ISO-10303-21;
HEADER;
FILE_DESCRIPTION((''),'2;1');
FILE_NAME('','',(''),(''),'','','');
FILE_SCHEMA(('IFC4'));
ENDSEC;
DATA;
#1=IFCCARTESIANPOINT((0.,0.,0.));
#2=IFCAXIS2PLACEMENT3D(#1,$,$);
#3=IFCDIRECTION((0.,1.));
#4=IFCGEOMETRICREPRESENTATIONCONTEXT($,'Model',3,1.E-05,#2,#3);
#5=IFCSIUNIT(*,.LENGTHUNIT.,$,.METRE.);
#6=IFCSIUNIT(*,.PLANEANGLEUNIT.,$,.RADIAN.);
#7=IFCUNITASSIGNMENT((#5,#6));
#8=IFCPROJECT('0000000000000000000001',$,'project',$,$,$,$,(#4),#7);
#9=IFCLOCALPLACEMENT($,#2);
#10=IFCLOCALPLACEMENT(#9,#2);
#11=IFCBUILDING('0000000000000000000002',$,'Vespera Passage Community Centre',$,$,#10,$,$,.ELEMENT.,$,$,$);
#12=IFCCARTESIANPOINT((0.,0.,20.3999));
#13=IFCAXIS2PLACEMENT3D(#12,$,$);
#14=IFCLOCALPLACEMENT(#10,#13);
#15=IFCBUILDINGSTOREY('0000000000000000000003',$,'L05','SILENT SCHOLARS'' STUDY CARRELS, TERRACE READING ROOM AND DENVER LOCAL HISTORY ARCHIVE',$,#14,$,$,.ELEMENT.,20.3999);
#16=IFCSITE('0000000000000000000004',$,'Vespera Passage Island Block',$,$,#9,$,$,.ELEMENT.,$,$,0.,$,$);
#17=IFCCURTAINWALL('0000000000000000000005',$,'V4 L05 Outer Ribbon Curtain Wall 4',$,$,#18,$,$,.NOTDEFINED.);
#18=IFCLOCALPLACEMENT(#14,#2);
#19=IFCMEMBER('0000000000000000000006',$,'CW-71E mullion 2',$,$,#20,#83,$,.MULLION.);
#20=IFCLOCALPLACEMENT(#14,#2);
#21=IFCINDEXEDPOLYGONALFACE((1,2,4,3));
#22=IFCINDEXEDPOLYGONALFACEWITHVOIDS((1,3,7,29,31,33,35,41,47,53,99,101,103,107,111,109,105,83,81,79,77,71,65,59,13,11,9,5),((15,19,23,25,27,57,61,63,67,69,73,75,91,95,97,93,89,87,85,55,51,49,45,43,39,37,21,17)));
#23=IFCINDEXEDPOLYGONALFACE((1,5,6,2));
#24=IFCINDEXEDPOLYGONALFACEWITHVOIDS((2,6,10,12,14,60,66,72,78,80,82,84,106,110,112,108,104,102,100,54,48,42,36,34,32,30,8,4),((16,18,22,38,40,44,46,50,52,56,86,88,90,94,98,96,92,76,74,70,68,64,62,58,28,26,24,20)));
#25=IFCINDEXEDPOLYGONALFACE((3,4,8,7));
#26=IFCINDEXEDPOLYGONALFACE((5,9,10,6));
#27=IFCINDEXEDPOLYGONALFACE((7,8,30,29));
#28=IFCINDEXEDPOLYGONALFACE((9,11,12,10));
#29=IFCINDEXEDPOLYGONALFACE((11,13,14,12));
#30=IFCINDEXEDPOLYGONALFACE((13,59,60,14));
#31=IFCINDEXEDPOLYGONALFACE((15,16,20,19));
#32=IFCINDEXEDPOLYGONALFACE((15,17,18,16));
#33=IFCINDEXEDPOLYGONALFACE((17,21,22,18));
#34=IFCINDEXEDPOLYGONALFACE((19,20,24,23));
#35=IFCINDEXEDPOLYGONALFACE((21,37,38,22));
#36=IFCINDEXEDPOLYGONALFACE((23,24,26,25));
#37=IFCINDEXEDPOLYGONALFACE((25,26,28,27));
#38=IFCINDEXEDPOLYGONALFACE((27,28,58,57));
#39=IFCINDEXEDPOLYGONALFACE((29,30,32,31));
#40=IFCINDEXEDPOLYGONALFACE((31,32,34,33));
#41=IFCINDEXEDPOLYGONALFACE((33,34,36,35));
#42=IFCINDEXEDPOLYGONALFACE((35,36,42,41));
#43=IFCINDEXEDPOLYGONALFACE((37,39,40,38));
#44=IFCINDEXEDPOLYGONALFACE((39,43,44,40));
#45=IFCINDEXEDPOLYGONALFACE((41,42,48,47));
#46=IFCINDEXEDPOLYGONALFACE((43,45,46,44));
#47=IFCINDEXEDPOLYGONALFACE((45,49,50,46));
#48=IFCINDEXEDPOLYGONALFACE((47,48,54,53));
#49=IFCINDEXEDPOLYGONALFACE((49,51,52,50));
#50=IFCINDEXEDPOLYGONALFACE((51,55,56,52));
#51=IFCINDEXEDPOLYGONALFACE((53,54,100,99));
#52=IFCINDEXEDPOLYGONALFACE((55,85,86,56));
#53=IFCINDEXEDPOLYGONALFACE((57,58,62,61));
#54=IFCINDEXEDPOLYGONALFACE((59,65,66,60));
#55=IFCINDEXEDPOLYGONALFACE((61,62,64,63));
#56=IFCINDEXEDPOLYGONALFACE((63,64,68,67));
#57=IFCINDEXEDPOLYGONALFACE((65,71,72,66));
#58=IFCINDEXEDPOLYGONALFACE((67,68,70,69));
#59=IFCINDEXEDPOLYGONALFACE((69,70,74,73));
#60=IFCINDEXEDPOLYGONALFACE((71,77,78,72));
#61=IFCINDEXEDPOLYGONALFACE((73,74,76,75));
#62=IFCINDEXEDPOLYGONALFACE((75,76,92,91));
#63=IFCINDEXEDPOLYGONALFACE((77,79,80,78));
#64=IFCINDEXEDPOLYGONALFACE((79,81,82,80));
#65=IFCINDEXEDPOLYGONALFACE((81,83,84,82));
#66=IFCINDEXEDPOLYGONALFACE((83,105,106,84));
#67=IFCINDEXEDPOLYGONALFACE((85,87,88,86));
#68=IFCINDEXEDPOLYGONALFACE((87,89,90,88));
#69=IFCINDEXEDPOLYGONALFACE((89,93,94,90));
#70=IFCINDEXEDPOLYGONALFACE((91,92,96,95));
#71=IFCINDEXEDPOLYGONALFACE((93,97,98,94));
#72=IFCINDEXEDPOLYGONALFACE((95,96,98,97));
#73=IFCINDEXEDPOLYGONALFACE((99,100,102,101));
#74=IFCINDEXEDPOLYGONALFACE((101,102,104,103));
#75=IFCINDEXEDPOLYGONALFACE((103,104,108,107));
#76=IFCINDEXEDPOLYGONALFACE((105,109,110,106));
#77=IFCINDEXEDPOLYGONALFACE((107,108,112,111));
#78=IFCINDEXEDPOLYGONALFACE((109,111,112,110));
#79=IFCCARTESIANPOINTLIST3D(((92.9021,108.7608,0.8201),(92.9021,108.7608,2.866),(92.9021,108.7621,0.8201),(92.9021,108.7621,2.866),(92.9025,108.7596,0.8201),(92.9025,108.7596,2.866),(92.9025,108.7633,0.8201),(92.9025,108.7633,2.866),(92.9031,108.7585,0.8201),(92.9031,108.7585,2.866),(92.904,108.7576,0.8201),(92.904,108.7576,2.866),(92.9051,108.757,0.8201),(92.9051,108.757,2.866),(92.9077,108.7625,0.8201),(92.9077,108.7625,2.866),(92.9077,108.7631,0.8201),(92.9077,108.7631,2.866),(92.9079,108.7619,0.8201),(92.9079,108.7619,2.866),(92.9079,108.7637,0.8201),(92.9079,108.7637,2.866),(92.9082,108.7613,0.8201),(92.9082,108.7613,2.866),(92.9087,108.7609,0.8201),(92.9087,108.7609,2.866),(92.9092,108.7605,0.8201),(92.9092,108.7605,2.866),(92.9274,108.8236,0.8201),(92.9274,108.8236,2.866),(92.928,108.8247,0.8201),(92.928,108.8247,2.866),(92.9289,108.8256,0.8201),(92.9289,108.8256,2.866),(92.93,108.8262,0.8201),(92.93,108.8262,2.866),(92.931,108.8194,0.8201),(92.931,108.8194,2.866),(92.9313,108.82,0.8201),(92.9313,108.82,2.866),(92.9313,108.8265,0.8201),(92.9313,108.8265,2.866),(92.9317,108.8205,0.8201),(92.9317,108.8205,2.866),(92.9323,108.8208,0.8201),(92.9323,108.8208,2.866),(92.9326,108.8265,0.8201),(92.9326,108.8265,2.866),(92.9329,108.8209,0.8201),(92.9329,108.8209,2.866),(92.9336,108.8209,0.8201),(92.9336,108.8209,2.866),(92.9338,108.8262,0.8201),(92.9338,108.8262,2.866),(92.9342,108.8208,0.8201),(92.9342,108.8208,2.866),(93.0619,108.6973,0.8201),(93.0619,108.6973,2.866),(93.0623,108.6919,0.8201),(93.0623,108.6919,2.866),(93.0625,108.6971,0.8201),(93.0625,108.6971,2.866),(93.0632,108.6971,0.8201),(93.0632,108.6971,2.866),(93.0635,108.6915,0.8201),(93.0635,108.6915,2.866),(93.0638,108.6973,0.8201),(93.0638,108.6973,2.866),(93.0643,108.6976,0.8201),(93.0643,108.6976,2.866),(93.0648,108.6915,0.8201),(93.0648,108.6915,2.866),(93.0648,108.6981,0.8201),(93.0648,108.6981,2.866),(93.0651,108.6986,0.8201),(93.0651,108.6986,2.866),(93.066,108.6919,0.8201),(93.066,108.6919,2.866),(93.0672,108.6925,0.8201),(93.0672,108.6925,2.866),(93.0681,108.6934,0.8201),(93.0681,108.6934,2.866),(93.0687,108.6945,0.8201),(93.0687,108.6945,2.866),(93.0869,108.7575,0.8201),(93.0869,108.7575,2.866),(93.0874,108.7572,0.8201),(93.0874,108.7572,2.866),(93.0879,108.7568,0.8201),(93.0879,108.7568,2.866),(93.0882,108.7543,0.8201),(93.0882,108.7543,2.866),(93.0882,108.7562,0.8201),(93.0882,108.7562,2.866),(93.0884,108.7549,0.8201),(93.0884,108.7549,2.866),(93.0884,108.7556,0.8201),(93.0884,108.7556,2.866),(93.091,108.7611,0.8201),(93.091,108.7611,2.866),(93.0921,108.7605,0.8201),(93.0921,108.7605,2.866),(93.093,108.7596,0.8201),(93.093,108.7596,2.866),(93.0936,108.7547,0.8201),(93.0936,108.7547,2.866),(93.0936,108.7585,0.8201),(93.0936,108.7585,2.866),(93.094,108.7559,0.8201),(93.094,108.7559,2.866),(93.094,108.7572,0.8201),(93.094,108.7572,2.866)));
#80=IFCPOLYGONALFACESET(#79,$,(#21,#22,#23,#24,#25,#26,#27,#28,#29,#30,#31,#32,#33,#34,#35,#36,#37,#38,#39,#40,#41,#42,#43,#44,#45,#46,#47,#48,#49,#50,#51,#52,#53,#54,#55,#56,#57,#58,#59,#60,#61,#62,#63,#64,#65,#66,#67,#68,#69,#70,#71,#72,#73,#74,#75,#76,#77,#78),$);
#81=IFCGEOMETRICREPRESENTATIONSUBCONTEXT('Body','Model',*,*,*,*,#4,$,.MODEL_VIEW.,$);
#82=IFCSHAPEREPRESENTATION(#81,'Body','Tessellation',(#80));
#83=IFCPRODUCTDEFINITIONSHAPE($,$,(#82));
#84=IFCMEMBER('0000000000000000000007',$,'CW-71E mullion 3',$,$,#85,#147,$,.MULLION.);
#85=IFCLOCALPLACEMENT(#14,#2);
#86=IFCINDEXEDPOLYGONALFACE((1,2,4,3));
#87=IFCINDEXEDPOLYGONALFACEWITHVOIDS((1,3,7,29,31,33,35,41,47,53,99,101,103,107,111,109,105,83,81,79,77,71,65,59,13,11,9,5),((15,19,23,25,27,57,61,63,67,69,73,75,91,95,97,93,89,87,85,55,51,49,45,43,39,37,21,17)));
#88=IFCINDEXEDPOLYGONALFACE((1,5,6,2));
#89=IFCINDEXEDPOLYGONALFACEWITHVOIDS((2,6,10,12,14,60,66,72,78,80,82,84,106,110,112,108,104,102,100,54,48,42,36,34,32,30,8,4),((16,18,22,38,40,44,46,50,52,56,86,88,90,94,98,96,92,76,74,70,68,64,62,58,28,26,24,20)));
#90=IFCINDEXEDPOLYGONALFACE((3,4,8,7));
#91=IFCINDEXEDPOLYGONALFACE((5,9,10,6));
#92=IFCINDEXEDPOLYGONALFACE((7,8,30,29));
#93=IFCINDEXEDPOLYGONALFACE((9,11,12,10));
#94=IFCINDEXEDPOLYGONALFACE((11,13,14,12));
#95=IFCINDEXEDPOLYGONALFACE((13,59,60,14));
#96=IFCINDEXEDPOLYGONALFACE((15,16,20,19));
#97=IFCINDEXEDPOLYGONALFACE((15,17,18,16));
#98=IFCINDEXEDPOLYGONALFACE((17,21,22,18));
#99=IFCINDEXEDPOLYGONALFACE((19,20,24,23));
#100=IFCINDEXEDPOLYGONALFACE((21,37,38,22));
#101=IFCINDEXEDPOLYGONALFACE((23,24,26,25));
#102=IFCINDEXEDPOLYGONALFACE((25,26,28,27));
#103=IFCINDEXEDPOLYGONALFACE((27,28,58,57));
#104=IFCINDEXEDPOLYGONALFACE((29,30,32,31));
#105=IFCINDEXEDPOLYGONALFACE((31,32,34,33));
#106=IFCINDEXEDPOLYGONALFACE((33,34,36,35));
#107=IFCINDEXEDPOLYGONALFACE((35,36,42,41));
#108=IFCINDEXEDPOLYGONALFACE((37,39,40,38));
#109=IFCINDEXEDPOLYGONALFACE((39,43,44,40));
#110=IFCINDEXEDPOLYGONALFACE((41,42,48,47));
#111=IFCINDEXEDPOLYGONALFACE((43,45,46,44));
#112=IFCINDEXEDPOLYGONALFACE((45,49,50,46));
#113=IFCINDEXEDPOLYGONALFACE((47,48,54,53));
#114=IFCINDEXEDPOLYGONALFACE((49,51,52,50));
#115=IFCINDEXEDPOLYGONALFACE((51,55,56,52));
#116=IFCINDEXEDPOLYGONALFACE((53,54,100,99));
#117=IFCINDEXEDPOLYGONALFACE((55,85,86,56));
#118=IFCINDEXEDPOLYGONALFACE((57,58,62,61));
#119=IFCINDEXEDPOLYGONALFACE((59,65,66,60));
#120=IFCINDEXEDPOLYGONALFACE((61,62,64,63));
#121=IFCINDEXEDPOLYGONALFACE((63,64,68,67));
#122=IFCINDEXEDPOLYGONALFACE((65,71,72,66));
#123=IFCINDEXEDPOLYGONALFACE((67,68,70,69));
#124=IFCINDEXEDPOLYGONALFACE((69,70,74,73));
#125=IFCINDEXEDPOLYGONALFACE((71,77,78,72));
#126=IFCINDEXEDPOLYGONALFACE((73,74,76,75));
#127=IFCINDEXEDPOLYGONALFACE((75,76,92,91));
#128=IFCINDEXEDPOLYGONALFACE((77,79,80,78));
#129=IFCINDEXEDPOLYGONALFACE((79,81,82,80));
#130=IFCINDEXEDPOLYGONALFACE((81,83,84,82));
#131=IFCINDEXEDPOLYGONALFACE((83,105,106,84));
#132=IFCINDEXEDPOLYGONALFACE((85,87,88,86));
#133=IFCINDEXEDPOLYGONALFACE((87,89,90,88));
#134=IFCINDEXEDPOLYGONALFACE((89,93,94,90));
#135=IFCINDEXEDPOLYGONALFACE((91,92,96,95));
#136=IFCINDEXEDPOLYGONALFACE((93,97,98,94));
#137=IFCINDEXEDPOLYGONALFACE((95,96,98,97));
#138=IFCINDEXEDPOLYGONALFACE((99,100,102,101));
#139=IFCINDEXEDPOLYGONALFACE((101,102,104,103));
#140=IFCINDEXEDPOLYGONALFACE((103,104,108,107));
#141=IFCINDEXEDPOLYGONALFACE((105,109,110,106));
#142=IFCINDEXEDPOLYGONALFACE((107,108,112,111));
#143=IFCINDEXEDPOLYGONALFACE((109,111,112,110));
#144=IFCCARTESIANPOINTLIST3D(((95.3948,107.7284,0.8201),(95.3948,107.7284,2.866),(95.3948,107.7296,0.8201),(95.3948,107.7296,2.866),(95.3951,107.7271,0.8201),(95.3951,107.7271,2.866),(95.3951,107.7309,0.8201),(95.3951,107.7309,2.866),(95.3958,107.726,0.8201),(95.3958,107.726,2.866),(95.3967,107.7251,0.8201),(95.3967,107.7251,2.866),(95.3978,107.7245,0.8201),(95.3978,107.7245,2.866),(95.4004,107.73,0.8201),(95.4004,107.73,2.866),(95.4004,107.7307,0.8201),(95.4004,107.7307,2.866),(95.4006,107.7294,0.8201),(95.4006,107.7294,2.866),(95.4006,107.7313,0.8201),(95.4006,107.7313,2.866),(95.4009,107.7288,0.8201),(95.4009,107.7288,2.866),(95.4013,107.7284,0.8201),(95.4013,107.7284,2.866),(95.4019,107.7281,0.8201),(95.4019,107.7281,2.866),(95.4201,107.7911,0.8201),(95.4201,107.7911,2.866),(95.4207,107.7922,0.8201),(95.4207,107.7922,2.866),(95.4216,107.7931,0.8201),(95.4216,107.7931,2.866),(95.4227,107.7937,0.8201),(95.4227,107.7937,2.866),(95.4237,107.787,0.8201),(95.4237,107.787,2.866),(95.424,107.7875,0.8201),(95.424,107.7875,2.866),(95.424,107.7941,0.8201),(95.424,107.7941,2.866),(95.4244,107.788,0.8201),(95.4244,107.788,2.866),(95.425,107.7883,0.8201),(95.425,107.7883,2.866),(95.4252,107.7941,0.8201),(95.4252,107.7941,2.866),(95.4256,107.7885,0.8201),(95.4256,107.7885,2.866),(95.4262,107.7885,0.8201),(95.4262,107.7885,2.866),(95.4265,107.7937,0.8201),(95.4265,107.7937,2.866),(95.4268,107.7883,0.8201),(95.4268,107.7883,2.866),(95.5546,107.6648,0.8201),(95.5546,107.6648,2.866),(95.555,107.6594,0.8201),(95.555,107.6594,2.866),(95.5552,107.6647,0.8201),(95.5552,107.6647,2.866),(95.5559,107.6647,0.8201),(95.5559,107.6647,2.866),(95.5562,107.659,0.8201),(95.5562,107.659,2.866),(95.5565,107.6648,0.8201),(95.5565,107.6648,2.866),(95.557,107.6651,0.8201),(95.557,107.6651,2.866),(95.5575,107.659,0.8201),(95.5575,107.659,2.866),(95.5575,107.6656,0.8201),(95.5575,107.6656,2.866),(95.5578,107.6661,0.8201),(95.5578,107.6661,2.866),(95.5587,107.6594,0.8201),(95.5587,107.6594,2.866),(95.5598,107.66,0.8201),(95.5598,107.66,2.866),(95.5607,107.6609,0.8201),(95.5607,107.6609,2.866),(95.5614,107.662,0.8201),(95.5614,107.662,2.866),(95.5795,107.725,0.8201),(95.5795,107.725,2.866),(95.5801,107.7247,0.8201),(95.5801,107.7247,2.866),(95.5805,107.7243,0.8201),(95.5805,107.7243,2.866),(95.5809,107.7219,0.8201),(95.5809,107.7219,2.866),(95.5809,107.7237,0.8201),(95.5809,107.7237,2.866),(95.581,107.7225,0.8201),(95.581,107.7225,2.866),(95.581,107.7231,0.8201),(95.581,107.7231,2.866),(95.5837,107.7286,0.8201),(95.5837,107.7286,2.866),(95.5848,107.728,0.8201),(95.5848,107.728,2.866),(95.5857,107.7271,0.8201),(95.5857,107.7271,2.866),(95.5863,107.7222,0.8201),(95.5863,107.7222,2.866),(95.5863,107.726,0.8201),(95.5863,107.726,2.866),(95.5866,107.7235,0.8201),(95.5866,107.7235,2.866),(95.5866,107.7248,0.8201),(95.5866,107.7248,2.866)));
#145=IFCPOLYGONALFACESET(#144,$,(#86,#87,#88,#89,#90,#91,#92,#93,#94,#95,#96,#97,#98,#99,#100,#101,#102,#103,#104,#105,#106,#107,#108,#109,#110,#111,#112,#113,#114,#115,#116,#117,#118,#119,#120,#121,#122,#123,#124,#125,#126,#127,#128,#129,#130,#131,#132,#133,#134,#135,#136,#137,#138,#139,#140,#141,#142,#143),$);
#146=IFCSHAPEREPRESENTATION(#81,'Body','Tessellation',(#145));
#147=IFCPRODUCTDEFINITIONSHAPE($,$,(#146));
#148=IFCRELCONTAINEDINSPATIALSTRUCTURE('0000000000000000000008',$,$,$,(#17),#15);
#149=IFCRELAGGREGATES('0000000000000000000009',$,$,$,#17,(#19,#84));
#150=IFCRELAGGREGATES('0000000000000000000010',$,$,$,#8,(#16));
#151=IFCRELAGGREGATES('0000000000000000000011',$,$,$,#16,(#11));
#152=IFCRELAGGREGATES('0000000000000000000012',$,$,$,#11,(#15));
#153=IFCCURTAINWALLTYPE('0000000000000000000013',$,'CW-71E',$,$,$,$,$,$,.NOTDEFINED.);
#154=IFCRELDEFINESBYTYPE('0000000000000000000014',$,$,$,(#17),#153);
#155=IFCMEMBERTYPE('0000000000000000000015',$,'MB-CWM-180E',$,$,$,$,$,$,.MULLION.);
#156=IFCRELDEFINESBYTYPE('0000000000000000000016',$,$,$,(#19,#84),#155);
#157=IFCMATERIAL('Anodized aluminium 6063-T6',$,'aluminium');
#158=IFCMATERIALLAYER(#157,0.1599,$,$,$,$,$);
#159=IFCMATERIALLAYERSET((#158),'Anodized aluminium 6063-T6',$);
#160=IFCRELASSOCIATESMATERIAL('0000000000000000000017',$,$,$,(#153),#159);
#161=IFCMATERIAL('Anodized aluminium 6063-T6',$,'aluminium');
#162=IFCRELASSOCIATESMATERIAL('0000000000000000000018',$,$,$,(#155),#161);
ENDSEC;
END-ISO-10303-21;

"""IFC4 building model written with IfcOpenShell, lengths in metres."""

from ifc_helpers import new_model, si_unit, direction, frame, origin, origin_2d, place, context, subcontext, project, spatial, hollow_rectangle, extrude, material, layer, layer_set, material_profile, profile_set, type_object, element, aggregate, save


model = new_model("IFC4")

# Units and contexts
model_context = context("Model", 3, precision=1e-05, world=origin(), true_north=direction((0.0, 1.0)))
body_context = subcontext(model_context, "Body", "Model", "MODEL_VIEW")
ifc_project = project(units=[si_unit("LENGTHUNIT", "METRE"), si_unit("PLANEANGLEUNIT", "RADIAN")], contexts=[model_context])

# Site, building, storey
site_placement = place(None, origin())
site = spatial("IfcSite", under=ifc_project, at=site_placement, Name="Vespera Passage Island Block", CompositionType="ELEMENT", RefElevation=0.0)
building_placement = place(site_placement, origin())
building = spatial("IfcBuilding", under=site, at=building_placement, Name="Vespera Passage Community Centre", CompositionType="ELEMENT")
storey_placement = place(building_placement, frame((0.0, 0.0, 20.3999)))
storey = spatial("IfcBuildingStorey", under=building, at=storey_placement, Name="L05", Description="SILENT SCHOLARS' STUDY CARRELS, TERRACE READING ROOM AND DENVER LOCAL HISTORY ARCHIVE", CompositionType="ELEMENT", Elevation=20.3999)

# Curtain wall, members
ifc_material_1 = material(Name="Anodized aluminium 6063-T6", Category="aluminium")
ifc_layer_1 = layer(ifc_material_1, 0.1599)
ifc_layer_set_1 = layer_set([ifc_layer_1], Name="Anodized aluminium 6063-T6")
curtain_wall_type_1 = type_object("IfcCurtainWallType", Name="CW-71E", PredefinedType="NOTDEFINED", material=ifc_layer_set_1)
curtain_wall_1_placement = place(storey_placement, origin())
curtain_wall_1 = element("IfcCurtainWall", 1, at=curtain_wall_1_placement, inside=storey, type_object=curtain_wall_type_1, Name="V4 L05 Outer Ribbon Curtain Wall 4", PredefinedType="NOTDEFINED")
ifc_material_2 = material(Name="Anodized aluminium 6063-T6", Category="aluminium")
ifc_material_profile_1 = material_profile(ifc_material_2, hollow_rectangle(XDim=0.075, YDim=0.1799, WallThickness=0.0049, InnerFilletRadius=0.0024, OuterFilletRadius=0.0049, at=origin_2d()), Name="ALU180X75X5")
ifc_profile_set_1 = profile_set([ifc_material_profile_1], Name="Anodized aluminium 6063-T6")
member_type_1 = type_object("IfcMemberType", Name="MB-CWM-180E", PredefinedType="MULLION", material=ifc_profile_set_1)
member_1_placement = place(storey_placement, frame((92.998, 108.759, 0.8201), z_axis=(0.0, 0.0, 1.0), x_axis=(0.382683, 0.92388, 0.0)))
member_1 = element("IfcMember", 2, at=member_1_placement, type_object=member_type_1, Name="CW-71E mullion 2", PredefinedType="MULLION", context=body_context, shape_type="SweptSolid", body=[
    extrude(hollow_rectangle(XDim=0.075, YDim=0.1799, WallThickness=0.0049, InnerFilletRadius=0.0024, OuterFilletRadius=0.0049, at=origin_2d()), origin(), (0.0, 0.0, 1.0), 2.0459),
])
member_2_placement = place(storey_placement, frame((95.4907, 107.7266, 0.8201), z_axis=(0.0, 0.0, 1.0), x_axis=(0.382683, 0.92388, 0.0)))
member_2 = element("IfcMember", 3, at=member_2_placement, type_object=member_type_1, Name="CW-71E mullion 3", PredefinedType="MULLION", context=body_context, shape_type="SweptSolid", body=[
    extrude(hollow_rectangle(XDim=0.075, YDim=0.1799, WallThickness=0.0049, InnerFilletRadius=0.0024, OuterFilletRadius=0.0049, at=origin_2d()), origin(), (0.0, 0.0, 1.0), 2.0459),
])
aggregate(curtain_wall_1, [member_1, member_2])

save(model, "model.ifc")
